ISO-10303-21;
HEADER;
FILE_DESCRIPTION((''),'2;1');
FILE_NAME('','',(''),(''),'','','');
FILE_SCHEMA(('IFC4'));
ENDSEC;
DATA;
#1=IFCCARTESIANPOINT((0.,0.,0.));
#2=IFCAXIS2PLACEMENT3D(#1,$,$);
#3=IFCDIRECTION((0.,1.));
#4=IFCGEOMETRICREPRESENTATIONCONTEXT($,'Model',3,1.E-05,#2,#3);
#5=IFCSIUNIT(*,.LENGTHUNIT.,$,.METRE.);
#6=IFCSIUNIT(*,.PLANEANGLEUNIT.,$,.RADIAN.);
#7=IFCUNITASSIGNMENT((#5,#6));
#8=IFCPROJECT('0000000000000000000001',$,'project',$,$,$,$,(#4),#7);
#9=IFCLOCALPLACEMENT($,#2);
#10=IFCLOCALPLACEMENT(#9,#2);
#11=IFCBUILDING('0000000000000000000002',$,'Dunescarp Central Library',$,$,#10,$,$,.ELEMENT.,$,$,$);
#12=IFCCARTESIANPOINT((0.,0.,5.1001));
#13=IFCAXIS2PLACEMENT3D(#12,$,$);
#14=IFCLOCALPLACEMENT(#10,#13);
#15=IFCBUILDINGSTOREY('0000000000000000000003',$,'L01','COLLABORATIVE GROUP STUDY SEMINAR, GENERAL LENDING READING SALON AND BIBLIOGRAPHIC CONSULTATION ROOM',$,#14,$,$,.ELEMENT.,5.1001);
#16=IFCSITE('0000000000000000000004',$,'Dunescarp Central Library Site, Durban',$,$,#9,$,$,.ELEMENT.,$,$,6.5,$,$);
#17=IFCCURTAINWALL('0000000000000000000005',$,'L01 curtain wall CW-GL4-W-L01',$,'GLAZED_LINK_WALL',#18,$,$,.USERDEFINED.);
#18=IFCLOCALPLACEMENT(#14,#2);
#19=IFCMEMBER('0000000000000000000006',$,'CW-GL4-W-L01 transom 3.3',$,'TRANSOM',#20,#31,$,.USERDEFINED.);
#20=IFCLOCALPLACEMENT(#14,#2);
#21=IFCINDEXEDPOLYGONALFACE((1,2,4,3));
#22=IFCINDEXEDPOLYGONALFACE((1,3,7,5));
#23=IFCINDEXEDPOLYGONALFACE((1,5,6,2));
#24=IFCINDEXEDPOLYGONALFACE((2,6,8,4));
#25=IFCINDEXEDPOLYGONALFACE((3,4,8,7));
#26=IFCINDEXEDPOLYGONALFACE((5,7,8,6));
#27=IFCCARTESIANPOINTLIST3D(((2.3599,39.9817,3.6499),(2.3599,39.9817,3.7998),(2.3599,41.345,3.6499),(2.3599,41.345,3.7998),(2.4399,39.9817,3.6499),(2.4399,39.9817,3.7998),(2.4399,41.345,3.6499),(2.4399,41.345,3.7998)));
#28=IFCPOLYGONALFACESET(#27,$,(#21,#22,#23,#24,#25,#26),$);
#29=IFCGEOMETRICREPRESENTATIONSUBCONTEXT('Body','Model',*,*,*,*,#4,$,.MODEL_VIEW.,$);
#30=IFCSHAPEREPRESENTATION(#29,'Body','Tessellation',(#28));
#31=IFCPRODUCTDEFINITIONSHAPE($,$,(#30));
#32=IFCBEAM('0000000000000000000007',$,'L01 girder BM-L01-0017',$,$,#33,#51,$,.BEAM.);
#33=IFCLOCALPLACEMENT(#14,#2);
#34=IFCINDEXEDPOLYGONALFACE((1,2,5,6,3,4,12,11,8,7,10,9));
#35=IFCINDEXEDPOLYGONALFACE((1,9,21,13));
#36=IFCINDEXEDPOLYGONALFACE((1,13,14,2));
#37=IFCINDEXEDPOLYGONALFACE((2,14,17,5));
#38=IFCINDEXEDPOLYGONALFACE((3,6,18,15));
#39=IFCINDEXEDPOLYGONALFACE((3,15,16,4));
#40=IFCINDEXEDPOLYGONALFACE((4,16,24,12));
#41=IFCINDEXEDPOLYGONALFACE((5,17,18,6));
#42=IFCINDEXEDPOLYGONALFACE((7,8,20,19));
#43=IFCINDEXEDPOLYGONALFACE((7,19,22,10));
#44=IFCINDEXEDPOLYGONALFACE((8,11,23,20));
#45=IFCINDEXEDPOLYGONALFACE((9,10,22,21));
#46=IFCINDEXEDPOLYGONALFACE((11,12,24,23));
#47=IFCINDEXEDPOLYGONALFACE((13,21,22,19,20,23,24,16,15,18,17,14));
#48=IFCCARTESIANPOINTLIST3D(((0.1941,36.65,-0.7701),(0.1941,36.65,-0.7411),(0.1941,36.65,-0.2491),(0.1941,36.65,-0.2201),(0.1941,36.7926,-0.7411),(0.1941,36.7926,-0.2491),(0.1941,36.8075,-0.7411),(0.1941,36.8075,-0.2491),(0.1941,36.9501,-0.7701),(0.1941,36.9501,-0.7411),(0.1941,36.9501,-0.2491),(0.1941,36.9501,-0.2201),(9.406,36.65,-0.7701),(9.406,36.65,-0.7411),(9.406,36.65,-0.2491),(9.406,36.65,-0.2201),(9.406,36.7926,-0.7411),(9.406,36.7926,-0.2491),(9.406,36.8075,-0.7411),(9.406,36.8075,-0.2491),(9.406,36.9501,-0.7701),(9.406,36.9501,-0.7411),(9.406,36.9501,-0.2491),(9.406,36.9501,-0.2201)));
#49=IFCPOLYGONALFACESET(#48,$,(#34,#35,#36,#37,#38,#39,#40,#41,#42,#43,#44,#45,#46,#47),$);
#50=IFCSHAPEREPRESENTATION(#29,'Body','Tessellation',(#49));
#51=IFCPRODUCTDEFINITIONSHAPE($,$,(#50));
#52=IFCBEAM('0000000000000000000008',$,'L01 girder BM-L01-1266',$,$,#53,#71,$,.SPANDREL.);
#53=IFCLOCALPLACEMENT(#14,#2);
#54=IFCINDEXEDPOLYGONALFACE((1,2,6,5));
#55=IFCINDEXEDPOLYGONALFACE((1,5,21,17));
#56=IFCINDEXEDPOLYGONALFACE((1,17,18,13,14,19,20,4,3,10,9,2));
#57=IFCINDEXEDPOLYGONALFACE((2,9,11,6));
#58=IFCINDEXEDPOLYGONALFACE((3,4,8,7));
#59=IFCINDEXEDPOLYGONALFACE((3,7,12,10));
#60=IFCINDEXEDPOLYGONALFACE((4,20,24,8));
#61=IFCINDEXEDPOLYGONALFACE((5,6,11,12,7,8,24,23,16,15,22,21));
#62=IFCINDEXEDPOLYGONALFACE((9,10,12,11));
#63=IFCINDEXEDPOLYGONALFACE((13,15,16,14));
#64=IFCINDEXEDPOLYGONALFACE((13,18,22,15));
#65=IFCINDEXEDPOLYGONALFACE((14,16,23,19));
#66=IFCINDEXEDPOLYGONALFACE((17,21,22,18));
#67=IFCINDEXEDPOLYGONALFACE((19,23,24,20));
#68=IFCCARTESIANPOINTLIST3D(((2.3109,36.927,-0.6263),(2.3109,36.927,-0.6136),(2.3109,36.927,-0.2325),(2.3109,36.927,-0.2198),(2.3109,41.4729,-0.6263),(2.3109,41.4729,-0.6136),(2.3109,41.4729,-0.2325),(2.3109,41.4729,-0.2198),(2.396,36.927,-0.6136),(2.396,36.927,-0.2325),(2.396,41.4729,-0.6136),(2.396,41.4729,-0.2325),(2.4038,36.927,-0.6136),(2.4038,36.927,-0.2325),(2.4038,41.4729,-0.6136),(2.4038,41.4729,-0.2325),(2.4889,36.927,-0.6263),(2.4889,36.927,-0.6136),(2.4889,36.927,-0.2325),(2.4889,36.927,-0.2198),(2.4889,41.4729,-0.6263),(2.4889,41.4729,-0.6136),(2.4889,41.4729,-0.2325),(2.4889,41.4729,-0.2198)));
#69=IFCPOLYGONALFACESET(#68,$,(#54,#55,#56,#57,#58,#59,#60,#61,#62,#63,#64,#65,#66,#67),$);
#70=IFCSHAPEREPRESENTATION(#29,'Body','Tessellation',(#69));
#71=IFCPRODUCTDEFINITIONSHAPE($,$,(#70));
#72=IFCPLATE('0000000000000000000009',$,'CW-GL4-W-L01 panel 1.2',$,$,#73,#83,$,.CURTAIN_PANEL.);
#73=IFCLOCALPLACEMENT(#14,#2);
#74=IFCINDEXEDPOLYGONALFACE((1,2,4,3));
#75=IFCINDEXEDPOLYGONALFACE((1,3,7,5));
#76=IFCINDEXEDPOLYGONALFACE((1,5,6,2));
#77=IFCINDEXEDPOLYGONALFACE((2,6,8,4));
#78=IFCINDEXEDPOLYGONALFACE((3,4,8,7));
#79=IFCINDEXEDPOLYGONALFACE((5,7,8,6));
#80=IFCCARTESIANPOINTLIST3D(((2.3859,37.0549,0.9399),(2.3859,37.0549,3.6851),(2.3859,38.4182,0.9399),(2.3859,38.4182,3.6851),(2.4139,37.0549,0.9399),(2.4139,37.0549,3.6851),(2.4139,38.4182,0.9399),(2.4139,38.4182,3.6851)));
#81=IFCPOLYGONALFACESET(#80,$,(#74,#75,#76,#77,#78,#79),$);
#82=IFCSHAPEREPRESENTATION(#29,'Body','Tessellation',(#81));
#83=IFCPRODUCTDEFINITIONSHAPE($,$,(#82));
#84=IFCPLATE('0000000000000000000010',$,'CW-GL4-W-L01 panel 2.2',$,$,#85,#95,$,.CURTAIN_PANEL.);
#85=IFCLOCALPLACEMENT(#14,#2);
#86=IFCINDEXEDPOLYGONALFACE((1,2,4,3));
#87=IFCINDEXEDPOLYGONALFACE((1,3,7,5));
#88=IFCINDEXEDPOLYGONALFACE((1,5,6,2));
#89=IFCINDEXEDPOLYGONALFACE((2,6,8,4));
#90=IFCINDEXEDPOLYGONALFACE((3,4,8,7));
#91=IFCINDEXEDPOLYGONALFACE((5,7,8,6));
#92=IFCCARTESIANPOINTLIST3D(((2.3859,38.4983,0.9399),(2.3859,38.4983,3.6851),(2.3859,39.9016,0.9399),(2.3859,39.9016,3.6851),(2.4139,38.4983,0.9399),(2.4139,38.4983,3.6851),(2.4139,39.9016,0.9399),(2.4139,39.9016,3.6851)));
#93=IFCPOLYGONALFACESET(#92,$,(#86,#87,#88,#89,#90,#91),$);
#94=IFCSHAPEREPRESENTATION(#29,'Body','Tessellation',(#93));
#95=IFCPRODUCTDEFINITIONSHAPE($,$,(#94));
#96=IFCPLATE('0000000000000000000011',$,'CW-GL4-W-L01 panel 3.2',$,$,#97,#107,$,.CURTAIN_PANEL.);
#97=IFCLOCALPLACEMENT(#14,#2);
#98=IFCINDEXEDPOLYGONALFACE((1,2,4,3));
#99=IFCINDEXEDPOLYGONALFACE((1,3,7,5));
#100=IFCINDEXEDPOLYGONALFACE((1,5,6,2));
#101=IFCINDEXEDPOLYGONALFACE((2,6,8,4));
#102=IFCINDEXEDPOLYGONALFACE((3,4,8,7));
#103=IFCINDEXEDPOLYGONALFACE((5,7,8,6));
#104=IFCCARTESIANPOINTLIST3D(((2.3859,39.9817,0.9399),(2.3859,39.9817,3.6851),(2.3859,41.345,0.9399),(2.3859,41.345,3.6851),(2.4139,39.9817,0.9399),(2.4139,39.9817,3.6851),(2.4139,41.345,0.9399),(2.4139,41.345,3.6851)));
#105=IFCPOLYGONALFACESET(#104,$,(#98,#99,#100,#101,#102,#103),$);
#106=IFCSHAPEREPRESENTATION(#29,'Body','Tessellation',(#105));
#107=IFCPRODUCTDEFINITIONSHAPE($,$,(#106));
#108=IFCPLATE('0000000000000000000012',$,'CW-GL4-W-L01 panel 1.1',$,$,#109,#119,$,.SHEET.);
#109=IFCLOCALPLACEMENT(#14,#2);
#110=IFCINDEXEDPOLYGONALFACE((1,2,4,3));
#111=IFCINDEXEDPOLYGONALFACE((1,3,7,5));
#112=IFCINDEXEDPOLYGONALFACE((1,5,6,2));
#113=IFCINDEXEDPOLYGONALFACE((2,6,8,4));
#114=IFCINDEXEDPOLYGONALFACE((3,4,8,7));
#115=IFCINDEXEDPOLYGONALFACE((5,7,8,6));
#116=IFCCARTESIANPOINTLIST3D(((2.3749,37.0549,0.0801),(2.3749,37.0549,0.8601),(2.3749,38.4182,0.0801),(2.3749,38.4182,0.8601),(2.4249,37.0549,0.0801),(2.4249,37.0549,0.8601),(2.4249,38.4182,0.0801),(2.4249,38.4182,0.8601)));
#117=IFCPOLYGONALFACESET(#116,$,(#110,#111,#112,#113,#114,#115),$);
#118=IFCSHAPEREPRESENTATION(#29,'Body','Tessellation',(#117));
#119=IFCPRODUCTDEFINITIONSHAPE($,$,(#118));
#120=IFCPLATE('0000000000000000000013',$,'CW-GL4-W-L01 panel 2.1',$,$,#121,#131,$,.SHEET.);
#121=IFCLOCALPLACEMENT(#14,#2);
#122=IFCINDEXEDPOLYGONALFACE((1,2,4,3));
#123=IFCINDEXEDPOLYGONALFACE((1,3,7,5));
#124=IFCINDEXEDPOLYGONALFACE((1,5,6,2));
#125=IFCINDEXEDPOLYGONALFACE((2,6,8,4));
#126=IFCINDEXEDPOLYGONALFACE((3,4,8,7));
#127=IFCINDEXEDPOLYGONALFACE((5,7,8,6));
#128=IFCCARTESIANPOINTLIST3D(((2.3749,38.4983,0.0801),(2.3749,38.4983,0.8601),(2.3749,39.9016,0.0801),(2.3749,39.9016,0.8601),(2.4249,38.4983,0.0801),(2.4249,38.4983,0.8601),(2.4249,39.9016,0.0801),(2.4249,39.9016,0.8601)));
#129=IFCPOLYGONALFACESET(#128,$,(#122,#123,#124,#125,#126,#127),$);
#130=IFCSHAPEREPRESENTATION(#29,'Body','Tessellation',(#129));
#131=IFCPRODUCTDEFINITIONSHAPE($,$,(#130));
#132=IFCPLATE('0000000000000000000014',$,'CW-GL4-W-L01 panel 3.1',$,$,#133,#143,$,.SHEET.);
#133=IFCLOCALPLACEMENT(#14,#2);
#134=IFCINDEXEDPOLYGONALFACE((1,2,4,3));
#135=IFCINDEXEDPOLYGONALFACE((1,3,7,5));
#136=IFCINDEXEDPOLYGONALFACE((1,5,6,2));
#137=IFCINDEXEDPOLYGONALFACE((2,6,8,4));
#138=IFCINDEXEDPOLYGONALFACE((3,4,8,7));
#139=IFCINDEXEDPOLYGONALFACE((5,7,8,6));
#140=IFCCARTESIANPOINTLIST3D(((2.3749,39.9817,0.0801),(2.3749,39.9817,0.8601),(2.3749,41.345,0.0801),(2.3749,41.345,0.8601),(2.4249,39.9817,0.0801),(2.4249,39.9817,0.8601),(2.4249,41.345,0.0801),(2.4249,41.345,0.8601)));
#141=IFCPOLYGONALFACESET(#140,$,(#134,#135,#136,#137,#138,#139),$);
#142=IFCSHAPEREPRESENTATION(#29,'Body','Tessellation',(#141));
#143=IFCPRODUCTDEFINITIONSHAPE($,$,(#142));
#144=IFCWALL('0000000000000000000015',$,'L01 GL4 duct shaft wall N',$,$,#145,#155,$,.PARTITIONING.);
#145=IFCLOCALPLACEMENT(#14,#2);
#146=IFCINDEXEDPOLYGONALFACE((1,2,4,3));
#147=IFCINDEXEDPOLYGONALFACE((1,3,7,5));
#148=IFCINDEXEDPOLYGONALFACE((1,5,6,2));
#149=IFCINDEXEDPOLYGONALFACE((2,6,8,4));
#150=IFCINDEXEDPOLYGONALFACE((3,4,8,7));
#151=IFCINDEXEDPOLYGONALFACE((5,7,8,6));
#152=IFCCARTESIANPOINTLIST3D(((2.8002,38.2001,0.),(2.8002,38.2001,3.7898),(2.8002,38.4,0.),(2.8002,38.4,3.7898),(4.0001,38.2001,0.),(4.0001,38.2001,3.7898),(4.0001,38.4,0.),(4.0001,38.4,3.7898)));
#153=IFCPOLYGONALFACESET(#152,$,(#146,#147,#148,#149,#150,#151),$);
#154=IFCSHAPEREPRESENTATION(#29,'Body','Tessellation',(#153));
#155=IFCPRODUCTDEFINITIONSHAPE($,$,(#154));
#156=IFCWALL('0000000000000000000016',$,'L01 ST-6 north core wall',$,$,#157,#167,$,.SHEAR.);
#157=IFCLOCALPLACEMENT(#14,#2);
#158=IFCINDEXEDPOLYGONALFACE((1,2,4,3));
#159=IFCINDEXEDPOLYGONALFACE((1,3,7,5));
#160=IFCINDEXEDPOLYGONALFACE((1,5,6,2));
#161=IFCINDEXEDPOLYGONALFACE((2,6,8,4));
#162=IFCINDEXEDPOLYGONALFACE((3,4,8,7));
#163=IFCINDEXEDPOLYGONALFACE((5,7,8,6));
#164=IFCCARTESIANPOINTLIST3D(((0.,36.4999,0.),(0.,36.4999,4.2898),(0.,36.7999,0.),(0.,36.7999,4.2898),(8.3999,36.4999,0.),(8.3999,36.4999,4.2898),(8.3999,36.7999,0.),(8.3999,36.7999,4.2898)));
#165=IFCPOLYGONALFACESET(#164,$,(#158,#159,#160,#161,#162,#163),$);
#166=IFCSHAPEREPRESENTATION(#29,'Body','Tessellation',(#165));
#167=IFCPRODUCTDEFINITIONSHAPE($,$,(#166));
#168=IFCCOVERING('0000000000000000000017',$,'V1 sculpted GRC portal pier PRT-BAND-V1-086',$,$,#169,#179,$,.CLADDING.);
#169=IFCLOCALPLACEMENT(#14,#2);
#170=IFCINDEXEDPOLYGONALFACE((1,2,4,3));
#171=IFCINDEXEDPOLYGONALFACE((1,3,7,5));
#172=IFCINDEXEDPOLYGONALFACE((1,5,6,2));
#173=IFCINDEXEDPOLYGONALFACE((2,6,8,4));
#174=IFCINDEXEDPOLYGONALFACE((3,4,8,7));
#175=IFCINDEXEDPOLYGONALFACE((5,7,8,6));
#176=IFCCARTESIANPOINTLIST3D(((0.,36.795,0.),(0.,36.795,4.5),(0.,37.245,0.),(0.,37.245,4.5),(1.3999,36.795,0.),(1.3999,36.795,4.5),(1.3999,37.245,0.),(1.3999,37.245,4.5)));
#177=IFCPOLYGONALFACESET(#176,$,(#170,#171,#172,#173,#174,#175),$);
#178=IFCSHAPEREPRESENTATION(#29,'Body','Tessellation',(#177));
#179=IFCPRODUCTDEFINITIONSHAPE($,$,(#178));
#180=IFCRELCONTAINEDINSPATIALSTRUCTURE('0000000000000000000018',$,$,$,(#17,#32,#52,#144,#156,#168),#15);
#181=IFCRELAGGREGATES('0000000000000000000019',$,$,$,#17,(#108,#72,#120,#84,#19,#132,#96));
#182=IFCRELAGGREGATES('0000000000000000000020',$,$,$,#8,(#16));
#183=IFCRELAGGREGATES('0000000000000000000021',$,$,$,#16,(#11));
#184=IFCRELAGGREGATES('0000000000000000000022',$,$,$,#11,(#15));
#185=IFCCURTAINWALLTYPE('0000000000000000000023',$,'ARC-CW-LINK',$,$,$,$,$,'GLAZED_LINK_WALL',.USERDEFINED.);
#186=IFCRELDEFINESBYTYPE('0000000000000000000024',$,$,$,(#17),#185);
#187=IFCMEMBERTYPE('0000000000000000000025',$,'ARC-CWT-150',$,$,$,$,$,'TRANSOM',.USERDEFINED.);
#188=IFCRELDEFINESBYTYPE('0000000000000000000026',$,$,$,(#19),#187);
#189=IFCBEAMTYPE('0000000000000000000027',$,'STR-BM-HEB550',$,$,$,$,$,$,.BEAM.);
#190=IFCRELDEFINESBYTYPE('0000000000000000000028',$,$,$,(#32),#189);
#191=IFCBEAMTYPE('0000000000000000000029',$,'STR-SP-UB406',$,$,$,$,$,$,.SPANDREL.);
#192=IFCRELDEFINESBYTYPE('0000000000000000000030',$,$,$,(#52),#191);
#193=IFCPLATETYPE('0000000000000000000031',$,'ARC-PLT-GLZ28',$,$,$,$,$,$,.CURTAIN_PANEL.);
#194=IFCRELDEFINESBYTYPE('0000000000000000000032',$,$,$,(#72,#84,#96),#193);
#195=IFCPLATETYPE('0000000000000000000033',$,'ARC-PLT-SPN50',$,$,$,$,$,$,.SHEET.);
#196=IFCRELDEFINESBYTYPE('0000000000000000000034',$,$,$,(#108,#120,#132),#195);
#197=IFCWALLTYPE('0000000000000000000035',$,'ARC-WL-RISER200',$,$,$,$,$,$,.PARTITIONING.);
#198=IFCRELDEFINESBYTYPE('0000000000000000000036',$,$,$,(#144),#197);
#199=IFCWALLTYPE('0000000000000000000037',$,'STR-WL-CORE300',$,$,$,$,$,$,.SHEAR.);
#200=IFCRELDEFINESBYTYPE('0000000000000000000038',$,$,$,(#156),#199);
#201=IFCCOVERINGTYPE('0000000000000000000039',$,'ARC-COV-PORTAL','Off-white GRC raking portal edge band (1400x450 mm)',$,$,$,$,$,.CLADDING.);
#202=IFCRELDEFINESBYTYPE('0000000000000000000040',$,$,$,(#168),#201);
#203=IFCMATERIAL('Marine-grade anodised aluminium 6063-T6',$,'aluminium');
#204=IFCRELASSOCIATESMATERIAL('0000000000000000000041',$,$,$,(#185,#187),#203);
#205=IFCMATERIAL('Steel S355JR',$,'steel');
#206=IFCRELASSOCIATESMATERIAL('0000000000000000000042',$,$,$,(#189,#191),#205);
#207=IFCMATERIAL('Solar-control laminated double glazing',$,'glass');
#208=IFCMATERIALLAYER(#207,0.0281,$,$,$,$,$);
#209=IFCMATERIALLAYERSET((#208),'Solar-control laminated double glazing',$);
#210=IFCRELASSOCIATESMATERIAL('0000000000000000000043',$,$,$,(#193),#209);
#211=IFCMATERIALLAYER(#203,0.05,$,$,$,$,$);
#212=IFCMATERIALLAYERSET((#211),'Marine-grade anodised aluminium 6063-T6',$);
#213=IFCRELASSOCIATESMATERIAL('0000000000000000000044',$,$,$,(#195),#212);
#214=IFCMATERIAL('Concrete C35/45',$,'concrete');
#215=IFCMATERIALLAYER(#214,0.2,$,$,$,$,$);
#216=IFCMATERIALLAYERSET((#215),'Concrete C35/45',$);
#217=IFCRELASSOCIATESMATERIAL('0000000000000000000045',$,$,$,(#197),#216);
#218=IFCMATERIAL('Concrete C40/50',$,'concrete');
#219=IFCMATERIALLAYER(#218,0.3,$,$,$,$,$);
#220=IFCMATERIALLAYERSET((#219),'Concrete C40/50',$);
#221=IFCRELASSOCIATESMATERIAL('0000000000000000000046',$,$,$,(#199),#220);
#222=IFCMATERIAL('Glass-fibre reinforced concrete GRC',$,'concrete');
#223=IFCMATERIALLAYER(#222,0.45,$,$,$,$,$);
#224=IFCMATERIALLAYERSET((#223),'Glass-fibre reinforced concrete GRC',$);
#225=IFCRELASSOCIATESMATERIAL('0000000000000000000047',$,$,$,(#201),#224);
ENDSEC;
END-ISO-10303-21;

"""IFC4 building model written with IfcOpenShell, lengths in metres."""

from ifc_helpers import new_model, si_unit, direction, frame, frame_2d, origin, origin_2d, place, context, subcontext, project, spatial, rectangle, i_section, extrude, material, layer, layer_set, material_profile, profile_set, type_object, element, aggregate, save


model = new_model("IFC4")

# Units and contexts
model_context = context("Model", 3, precision=1e-05, world=origin(), true_north=direction((0.0, 1.0)))
body_context = subcontext(model_context, "Body", "Model", "MODEL_VIEW")
ifc_project = project(units=[si_unit("LENGTHUNIT", "METRE"), si_unit("PLANEANGLEUNIT", "RADIAN")], contexts=[model_context])

# Site, building, storey
site_placement = place(None, origin())
site = spatial("IfcSite", under=ifc_project, at=site_placement, Name="Dunescarp Central Library Site, Durban", CompositionType="ELEMENT", RefElevation=6.5)
building_placement = place(site_placement, origin())
building = spatial("IfcBuilding", under=site, at=building_placement, Name="Dunescarp Central Library", CompositionType="ELEMENT")
storey_placement = place(building_placement, frame((0.0, 0.0, 5.1001)))
storey = spatial("IfcBuildingStorey", under=building, at=storey_placement, Name="L01", Description="COLLABORATIVE GROUP STUDY SEMINAR, GENERAL LENDING READING SALON AND BIBLIOGRAPHIC CONSULTATION ROOM", CompositionType="ELEMENT", Elevation=5.1001)

# Shared definitions
ifc_material_1 = material(Name="Steel S355JR", Category="steel")

# Curtain wall, member
ifc_material_2 = material(Name="Marine-grade anodised aluminium 6063-T6", Category="aluminium")
curtain_wall_type = type_object("IfcCurtainWallType", Name="ARC-CW-LINK", ElementType="GLAZED_LINK_WALL", PredefinedType="USERDEFINED", material=ifc_material_2)
curtain_wall_placement = place(storey_placement, origin())
curtain_wall = element("IfcCurtainWall", 1, at=curtain_wall_placement, inside=storey, type_object=curtain_wall_type, Name="L01 curtain wall CW-GL4-W-L01", ObjectType="GLAZED_LINK_WALL", PredefinedType="USERDEFINED")
ifc_material_profile_1 = material_profile(ifc_material_2, rectangle(XDim=0.0801, YDim=0.1499, at=origin_2d()), Name="AL 80x150")
ifc_profile_set_1 = profile_set([ifc_material_profile_1], Name="Marine-grade anodised aluminium 6063-T6")
member_type_1 = type_object("IfcMemberType", Name="ARC-CWT-150", ElementType="TRANSOM", PredefinedType="USERDEFINED", material=ifc_profile_set_1)
member_1_placement = place(storey_placement, frame((2.3999, 39.9817, 3.7249), z_axis=(0.0, 1.0, 0.0), x_axis=(-1.0, 0.0, 0.0)))
member_1 = element("IfcMember", 2, at=member_1_placement, type_object=member_type_1, Name="CW-GL4-W-L01 transom 3.3", ObjectType="TRANSOM", PredefinedType="USERDEFINED", context=body_context, shape_type="SweptSolid", body=[
    extrude(rectangle(XDim=0.0801, YDim=0.1499, at=origin_2d()), origin(), (0.0, 0.0, 1.0), 1.3633),
])

# Beams
ifc_material_profile_2 = material_profile(ifc_material_1, i_section(OverallWidth=0.3, OverallDepth=0.55, WebThickness=0.0149, FlangeThickness=0.0291, at=origin_2d()), Name="HEB 550")
ifc_profile_set_2 = profile_set([ifc_material_profile_2], Name="Steel S355JR")
beam_type_1 = type_object("IfcBeamType", Name="STR-BM-HEB550", PredefinedType="BEAM", material=ifc_profile_set_2)
beam_1_placement = place(storey_placement, frame((0.1941, 36.8, -0.4951), z_axis=(1.0, 0.0, 0.0), x_axis=(0.0, 1.0, 0.0)))
element("IfcBeam", 3, at=beam_1_placement, inside=storey, type_object=beam_type_1, Name="L01 girder BM-L01-0017", PredefinedType="BEAM", context=body_context, shape_type="SweptSolid", body=[
    extrude(i_section(OverallWidth=0.3, OverallDepth=0.55, WebThickness=0.0149, FlangeThickness=0.0291, at=origin_2d()), origin(), (0.0, 0.0, 1.0), 9.2119),
])
ifc_material_profile_3 = material_profile(ifc_material_1, i_section(OverallWidth=0.178, OverallDepth=0.4065, WebThickness=0.0078, FlangeThickness=0.0127, at=origin_2d()), Name="UB 406x178x60")
ifc_profile_set_3 = profile_set([ifc_material_profile_3], Name="Steel S355JR")
beam_type_2 = type_object("IfcBeamType", Name="STR-SP-UB406", PredefinedType="SPANDREL", material=ifc_profile_set_3)
beam_2_placement = place(storey_placement, frame((2.3999, 36.927, -0.4231), z_axis=(0.0, 1.0, 0.0), x_axis=(-1.0, 0.0, 0.0)))
element("IfcBeam", 4, at=beam_2_placement, inside=storey, type_object=beam_type_2, Name="L01 girder BM-L01-1266", PredefinedType="SPANDREL", context=body_context, shape_type="SweptSolid", body=[
    extrude(i_section(OverallWidth=0.178, OverallDepth=0.4065, WebThickness=0.0078, FlangeThickness=0.0127, at=origin_2d()), origin(), (0.0, 0.0, 1.0), 4.5459),
])

# Plates
ifc_material_3 = material(Name="Solar-control laminated double glazing", Category="glass")
ifc_layer_1 = layer(ifc_material_3, 0.0281)
ifc_layer_set_1 = layer_set([ifc_layer_1], Name="Solar-control laminated double glazing")
plate_type_1 = type_object("IfcPlateType", Name="ARC-PLT-GLZ28", PredefinedType="CURTAIN_PANEL", material=ifc_layer_set_1)
plate_1_placement = place(storey_placement, frame((2.3999, 37.7366, 0.9399), z_axis=(0.0, 0.0, 1.0), x_axis=(0.0, 1.0, 0.0)))
plate_1 = element("IfcPlate", 5, at=plate_1_placement, type_object=plate_type_1, Name="CW-GL4-W-L01 panel 1.2", PredefinedType="CURTAIN_PANEL", context=body_context, shape_type="SweptSolid", body=[
    extrude(rectangle(XDim=1.3633, YDim=0.0281, at=origin_2d()), origin(), (0.0, 0.0, 1.0), 2.7451),
])
plate_2_placement = place(storey_placement, frame((2.3999, 39.2, 0.9399), z_axis=(0.0, 0.0, 1.0), x_axis=(0.0, 1.0, 0.0)))
plate_2 = element("IfcPlate", 6, at=plate_2_placement, type_object=plate_type_1, Name="CW-GL4-W-L01 panel 2.2", PredefinedType="CURTAIN_PANEL", context=body_context, shape_type="SweptSolid", body=[
    extrude(rectangle(XDim=1.4033, YDim=0.0281, at=origin_2d()), origin(), (0.0, 0.0, 1.0), 2.7451),
])
plate_3_placement = place(storey_placement, frame((2.3999, 40.6633, 0.9399), z_axis=(0.0, 0.0, 1.0), x_axis=(0.0, 1.0, 0.0)))
plate_3 = element("IfcPlate", 7, at=plate_3_placement, type_object=plate_type_1, Name="CW-GL4-W-L01 panel 3.2", PredefinedType="CURTAIN_PANEL", context=body_context, shape_type="SweptSolid", body=[
    extrude(rectangle(XDim=1.3633, YDim=0.0281, at=origin_2d()), origin(), (0.0, 0.0, 1.0), 2.7451),
])
ifc_layer_2 = layer(ifc_material_2, 0.05)
ifc_layer_set_2 = layer_set([ifc_layer_2], Name="Marine-grade anodised aluminium 6063-T6")
plate_type_2 = type_object("IfcPlateType", Name="ARC-PLT-SPN50", PredefinedType="SHEET", material=ifc_layer_set_2)
plate_4_placement = place(storey_placement, frame((2.3999, 37.7366, 0.0801), z_axis=(0.0, 0.0, 1.0), x_axis=(0.0, 1.0, 0.0)))
plate_4 = element("IfcPlate", 8, at=plate_4_placement, type_object=plate_type_2, Name="CW-GL4-W-L01 panel 1.1", PredefinedType="SHEET", context=body_context, shape_type="SweptSolid", body=[
    extrude(rectangle(XDim=1.3633, YDim=0.05, at=origin_2d()), origin(), (0.0, 0.0, 1.0), 0.78),
])
plate_5_placement = place(storey_placement, frame((2.3999, 39.2, 0.0801), z_axis=(0.0, 0.0, 1.0), x_axis=(0.0, 1.0, 0.0)))
plate_5 = element("IfcPlate", 9, at=plate_5_placement, type_object=plate_type_2, Name="CW-GL4-W-L01 panel 2.1", PredefinedType="SHEET", context=body_context, shape_type="SweptSolid", body=[
    extrude(rectangle(XDim=1.4033, YDim=0.05, at=origin_2d()), origin(), (0.0, 0.0, 1.0), 0.78),
])
plate_6_placement = place(storey_placement, frame((2.3999, 40.6633, 0.0801), z_axis=(0.0, 0.0, 1.0), x_axis=(0.0, 1.0, 0.0)))
plate_6 = element("IfcPlate", 10, at=plate_6_placement, type_object=plate_type_2, Name="CW-GL4-W-L01 panel 3.1", PredefinedType="SHEET", context=body_context, shape_type="SweptSolid", body=[
    extrude(rectangle(XDim=1.3633, YDim=0.05, at=origin_2d()), origin(), (0.0, 0.0, 1.0), 0.78),
])
aggregate(curtain_wall, [plate_4, plate_1, plate_5, plate_2, member_1, plate_6, plate_3])

# Walls
ifc_material_4 = material(Name="Concrete C35/45", Category="concrete")
ifc_layer_3 = layer(ifc_material_4, 0.2)
ifc_layer_set_3 = layer_set([ifc_layer_3], Name="Concrete C35/45")
wall_type_1 = type_object("IfcWallType", Name="ARC-WL-RISER200", PredefinedType="PARTITIONING", material=ifc_layer_set_3)
wall_1_placement = place(storey_placement, frame((2.8, 38.3, 0.0), z_axis=(0.0, 0.0, 1.0), x_axis=(1.0, 0.0, 0.0)))
element("IfcWall", 11, at=wall_1_placement, inside=storey, type_object=wall_type_1, Name="L01 GL4 duct shaft wall N", PredefinedType="PARTITIONING", context=body_context, shape_type="SweptSolid", body=[
    extrude(rectangle(XDim=1.2, YDim=0.2, at=frame_2d((0.6001, 0.0))), origin(), (0.0, 0.0, 1.0), 3.7898),
])
ifc_material_5 = material(Name="Concrete C40/50", Category="concrete")
ifc_layer_4 = layer(ifc_material_5, 0.3)
ifc_layer_set_4 = layer_set([ifc_layer_4], Name="Concrete C40/50")
wall_type_2 = type_object("IfcWallType", Name="STR-WL-CORE300", PredefinedType="SHEAR", material=ifc_layer_set_4)
wall_2_placement = place(storey_placement, frame((0.0, 36.6499, 0.0), z_axis=(0.0, 0.0, 1.0), x_axis=(1.0, 0.0, 0.0)))
element("IfcWall", 12, at=wall_2_placement, inside=storey, type_object=wall_type_2, Name="L01 ST-6 north core wall", PredefinedType="SHEAR", context=body_context, shape_type="SweptSolid", body=[
    extrude(rectangle(XDim=8.3999, YDim=0.3, at=frame_2d((4.2, 0.0))), origin(), (0.0, 0.0, 1.0), 4.2898),
])

# Covering
ifc_material_6 = material(Name="Glass-fibre reinforced concrete GRC", Category="concrete")
ifc_layer_5 = layer(ifc_material_6, 0.45)
ifc_layer_set_5 = layer_set([ifc_layer_5], Name="Glass-fibre reinforced concrete GRC")
covering_type = type_object("IfcCoveringType", Name="ARC-COV-PORTAL", Description="Off-white GRC raking portal edge band (1400x450 mm)", PredefinedType="CLADDING", material=ifc_layer_set_5)
covering_placement = place(storey_placement, frame((0.7, 37.02, 0.0), z_axis=(0.0, 0.0, 1.0), x_axis=(1.0, 0.0, 0.0)))
element("IfcCovering", 13, at=covering_placement, inside=storey, type_object=covering_type, Name="V1 sculpted GRC portal pier PRT-BAND-V1-086", PredefinedType="CLADDING", context=body_context, shape_type="SweptSolid", body=[
    extrude(rectangle(XDim=1.3999, YDim=0.45, at=origin_2d()), origin(), (0.0, 0.0, 1.0), 4.5),
])

save(model, "model.ifc")
